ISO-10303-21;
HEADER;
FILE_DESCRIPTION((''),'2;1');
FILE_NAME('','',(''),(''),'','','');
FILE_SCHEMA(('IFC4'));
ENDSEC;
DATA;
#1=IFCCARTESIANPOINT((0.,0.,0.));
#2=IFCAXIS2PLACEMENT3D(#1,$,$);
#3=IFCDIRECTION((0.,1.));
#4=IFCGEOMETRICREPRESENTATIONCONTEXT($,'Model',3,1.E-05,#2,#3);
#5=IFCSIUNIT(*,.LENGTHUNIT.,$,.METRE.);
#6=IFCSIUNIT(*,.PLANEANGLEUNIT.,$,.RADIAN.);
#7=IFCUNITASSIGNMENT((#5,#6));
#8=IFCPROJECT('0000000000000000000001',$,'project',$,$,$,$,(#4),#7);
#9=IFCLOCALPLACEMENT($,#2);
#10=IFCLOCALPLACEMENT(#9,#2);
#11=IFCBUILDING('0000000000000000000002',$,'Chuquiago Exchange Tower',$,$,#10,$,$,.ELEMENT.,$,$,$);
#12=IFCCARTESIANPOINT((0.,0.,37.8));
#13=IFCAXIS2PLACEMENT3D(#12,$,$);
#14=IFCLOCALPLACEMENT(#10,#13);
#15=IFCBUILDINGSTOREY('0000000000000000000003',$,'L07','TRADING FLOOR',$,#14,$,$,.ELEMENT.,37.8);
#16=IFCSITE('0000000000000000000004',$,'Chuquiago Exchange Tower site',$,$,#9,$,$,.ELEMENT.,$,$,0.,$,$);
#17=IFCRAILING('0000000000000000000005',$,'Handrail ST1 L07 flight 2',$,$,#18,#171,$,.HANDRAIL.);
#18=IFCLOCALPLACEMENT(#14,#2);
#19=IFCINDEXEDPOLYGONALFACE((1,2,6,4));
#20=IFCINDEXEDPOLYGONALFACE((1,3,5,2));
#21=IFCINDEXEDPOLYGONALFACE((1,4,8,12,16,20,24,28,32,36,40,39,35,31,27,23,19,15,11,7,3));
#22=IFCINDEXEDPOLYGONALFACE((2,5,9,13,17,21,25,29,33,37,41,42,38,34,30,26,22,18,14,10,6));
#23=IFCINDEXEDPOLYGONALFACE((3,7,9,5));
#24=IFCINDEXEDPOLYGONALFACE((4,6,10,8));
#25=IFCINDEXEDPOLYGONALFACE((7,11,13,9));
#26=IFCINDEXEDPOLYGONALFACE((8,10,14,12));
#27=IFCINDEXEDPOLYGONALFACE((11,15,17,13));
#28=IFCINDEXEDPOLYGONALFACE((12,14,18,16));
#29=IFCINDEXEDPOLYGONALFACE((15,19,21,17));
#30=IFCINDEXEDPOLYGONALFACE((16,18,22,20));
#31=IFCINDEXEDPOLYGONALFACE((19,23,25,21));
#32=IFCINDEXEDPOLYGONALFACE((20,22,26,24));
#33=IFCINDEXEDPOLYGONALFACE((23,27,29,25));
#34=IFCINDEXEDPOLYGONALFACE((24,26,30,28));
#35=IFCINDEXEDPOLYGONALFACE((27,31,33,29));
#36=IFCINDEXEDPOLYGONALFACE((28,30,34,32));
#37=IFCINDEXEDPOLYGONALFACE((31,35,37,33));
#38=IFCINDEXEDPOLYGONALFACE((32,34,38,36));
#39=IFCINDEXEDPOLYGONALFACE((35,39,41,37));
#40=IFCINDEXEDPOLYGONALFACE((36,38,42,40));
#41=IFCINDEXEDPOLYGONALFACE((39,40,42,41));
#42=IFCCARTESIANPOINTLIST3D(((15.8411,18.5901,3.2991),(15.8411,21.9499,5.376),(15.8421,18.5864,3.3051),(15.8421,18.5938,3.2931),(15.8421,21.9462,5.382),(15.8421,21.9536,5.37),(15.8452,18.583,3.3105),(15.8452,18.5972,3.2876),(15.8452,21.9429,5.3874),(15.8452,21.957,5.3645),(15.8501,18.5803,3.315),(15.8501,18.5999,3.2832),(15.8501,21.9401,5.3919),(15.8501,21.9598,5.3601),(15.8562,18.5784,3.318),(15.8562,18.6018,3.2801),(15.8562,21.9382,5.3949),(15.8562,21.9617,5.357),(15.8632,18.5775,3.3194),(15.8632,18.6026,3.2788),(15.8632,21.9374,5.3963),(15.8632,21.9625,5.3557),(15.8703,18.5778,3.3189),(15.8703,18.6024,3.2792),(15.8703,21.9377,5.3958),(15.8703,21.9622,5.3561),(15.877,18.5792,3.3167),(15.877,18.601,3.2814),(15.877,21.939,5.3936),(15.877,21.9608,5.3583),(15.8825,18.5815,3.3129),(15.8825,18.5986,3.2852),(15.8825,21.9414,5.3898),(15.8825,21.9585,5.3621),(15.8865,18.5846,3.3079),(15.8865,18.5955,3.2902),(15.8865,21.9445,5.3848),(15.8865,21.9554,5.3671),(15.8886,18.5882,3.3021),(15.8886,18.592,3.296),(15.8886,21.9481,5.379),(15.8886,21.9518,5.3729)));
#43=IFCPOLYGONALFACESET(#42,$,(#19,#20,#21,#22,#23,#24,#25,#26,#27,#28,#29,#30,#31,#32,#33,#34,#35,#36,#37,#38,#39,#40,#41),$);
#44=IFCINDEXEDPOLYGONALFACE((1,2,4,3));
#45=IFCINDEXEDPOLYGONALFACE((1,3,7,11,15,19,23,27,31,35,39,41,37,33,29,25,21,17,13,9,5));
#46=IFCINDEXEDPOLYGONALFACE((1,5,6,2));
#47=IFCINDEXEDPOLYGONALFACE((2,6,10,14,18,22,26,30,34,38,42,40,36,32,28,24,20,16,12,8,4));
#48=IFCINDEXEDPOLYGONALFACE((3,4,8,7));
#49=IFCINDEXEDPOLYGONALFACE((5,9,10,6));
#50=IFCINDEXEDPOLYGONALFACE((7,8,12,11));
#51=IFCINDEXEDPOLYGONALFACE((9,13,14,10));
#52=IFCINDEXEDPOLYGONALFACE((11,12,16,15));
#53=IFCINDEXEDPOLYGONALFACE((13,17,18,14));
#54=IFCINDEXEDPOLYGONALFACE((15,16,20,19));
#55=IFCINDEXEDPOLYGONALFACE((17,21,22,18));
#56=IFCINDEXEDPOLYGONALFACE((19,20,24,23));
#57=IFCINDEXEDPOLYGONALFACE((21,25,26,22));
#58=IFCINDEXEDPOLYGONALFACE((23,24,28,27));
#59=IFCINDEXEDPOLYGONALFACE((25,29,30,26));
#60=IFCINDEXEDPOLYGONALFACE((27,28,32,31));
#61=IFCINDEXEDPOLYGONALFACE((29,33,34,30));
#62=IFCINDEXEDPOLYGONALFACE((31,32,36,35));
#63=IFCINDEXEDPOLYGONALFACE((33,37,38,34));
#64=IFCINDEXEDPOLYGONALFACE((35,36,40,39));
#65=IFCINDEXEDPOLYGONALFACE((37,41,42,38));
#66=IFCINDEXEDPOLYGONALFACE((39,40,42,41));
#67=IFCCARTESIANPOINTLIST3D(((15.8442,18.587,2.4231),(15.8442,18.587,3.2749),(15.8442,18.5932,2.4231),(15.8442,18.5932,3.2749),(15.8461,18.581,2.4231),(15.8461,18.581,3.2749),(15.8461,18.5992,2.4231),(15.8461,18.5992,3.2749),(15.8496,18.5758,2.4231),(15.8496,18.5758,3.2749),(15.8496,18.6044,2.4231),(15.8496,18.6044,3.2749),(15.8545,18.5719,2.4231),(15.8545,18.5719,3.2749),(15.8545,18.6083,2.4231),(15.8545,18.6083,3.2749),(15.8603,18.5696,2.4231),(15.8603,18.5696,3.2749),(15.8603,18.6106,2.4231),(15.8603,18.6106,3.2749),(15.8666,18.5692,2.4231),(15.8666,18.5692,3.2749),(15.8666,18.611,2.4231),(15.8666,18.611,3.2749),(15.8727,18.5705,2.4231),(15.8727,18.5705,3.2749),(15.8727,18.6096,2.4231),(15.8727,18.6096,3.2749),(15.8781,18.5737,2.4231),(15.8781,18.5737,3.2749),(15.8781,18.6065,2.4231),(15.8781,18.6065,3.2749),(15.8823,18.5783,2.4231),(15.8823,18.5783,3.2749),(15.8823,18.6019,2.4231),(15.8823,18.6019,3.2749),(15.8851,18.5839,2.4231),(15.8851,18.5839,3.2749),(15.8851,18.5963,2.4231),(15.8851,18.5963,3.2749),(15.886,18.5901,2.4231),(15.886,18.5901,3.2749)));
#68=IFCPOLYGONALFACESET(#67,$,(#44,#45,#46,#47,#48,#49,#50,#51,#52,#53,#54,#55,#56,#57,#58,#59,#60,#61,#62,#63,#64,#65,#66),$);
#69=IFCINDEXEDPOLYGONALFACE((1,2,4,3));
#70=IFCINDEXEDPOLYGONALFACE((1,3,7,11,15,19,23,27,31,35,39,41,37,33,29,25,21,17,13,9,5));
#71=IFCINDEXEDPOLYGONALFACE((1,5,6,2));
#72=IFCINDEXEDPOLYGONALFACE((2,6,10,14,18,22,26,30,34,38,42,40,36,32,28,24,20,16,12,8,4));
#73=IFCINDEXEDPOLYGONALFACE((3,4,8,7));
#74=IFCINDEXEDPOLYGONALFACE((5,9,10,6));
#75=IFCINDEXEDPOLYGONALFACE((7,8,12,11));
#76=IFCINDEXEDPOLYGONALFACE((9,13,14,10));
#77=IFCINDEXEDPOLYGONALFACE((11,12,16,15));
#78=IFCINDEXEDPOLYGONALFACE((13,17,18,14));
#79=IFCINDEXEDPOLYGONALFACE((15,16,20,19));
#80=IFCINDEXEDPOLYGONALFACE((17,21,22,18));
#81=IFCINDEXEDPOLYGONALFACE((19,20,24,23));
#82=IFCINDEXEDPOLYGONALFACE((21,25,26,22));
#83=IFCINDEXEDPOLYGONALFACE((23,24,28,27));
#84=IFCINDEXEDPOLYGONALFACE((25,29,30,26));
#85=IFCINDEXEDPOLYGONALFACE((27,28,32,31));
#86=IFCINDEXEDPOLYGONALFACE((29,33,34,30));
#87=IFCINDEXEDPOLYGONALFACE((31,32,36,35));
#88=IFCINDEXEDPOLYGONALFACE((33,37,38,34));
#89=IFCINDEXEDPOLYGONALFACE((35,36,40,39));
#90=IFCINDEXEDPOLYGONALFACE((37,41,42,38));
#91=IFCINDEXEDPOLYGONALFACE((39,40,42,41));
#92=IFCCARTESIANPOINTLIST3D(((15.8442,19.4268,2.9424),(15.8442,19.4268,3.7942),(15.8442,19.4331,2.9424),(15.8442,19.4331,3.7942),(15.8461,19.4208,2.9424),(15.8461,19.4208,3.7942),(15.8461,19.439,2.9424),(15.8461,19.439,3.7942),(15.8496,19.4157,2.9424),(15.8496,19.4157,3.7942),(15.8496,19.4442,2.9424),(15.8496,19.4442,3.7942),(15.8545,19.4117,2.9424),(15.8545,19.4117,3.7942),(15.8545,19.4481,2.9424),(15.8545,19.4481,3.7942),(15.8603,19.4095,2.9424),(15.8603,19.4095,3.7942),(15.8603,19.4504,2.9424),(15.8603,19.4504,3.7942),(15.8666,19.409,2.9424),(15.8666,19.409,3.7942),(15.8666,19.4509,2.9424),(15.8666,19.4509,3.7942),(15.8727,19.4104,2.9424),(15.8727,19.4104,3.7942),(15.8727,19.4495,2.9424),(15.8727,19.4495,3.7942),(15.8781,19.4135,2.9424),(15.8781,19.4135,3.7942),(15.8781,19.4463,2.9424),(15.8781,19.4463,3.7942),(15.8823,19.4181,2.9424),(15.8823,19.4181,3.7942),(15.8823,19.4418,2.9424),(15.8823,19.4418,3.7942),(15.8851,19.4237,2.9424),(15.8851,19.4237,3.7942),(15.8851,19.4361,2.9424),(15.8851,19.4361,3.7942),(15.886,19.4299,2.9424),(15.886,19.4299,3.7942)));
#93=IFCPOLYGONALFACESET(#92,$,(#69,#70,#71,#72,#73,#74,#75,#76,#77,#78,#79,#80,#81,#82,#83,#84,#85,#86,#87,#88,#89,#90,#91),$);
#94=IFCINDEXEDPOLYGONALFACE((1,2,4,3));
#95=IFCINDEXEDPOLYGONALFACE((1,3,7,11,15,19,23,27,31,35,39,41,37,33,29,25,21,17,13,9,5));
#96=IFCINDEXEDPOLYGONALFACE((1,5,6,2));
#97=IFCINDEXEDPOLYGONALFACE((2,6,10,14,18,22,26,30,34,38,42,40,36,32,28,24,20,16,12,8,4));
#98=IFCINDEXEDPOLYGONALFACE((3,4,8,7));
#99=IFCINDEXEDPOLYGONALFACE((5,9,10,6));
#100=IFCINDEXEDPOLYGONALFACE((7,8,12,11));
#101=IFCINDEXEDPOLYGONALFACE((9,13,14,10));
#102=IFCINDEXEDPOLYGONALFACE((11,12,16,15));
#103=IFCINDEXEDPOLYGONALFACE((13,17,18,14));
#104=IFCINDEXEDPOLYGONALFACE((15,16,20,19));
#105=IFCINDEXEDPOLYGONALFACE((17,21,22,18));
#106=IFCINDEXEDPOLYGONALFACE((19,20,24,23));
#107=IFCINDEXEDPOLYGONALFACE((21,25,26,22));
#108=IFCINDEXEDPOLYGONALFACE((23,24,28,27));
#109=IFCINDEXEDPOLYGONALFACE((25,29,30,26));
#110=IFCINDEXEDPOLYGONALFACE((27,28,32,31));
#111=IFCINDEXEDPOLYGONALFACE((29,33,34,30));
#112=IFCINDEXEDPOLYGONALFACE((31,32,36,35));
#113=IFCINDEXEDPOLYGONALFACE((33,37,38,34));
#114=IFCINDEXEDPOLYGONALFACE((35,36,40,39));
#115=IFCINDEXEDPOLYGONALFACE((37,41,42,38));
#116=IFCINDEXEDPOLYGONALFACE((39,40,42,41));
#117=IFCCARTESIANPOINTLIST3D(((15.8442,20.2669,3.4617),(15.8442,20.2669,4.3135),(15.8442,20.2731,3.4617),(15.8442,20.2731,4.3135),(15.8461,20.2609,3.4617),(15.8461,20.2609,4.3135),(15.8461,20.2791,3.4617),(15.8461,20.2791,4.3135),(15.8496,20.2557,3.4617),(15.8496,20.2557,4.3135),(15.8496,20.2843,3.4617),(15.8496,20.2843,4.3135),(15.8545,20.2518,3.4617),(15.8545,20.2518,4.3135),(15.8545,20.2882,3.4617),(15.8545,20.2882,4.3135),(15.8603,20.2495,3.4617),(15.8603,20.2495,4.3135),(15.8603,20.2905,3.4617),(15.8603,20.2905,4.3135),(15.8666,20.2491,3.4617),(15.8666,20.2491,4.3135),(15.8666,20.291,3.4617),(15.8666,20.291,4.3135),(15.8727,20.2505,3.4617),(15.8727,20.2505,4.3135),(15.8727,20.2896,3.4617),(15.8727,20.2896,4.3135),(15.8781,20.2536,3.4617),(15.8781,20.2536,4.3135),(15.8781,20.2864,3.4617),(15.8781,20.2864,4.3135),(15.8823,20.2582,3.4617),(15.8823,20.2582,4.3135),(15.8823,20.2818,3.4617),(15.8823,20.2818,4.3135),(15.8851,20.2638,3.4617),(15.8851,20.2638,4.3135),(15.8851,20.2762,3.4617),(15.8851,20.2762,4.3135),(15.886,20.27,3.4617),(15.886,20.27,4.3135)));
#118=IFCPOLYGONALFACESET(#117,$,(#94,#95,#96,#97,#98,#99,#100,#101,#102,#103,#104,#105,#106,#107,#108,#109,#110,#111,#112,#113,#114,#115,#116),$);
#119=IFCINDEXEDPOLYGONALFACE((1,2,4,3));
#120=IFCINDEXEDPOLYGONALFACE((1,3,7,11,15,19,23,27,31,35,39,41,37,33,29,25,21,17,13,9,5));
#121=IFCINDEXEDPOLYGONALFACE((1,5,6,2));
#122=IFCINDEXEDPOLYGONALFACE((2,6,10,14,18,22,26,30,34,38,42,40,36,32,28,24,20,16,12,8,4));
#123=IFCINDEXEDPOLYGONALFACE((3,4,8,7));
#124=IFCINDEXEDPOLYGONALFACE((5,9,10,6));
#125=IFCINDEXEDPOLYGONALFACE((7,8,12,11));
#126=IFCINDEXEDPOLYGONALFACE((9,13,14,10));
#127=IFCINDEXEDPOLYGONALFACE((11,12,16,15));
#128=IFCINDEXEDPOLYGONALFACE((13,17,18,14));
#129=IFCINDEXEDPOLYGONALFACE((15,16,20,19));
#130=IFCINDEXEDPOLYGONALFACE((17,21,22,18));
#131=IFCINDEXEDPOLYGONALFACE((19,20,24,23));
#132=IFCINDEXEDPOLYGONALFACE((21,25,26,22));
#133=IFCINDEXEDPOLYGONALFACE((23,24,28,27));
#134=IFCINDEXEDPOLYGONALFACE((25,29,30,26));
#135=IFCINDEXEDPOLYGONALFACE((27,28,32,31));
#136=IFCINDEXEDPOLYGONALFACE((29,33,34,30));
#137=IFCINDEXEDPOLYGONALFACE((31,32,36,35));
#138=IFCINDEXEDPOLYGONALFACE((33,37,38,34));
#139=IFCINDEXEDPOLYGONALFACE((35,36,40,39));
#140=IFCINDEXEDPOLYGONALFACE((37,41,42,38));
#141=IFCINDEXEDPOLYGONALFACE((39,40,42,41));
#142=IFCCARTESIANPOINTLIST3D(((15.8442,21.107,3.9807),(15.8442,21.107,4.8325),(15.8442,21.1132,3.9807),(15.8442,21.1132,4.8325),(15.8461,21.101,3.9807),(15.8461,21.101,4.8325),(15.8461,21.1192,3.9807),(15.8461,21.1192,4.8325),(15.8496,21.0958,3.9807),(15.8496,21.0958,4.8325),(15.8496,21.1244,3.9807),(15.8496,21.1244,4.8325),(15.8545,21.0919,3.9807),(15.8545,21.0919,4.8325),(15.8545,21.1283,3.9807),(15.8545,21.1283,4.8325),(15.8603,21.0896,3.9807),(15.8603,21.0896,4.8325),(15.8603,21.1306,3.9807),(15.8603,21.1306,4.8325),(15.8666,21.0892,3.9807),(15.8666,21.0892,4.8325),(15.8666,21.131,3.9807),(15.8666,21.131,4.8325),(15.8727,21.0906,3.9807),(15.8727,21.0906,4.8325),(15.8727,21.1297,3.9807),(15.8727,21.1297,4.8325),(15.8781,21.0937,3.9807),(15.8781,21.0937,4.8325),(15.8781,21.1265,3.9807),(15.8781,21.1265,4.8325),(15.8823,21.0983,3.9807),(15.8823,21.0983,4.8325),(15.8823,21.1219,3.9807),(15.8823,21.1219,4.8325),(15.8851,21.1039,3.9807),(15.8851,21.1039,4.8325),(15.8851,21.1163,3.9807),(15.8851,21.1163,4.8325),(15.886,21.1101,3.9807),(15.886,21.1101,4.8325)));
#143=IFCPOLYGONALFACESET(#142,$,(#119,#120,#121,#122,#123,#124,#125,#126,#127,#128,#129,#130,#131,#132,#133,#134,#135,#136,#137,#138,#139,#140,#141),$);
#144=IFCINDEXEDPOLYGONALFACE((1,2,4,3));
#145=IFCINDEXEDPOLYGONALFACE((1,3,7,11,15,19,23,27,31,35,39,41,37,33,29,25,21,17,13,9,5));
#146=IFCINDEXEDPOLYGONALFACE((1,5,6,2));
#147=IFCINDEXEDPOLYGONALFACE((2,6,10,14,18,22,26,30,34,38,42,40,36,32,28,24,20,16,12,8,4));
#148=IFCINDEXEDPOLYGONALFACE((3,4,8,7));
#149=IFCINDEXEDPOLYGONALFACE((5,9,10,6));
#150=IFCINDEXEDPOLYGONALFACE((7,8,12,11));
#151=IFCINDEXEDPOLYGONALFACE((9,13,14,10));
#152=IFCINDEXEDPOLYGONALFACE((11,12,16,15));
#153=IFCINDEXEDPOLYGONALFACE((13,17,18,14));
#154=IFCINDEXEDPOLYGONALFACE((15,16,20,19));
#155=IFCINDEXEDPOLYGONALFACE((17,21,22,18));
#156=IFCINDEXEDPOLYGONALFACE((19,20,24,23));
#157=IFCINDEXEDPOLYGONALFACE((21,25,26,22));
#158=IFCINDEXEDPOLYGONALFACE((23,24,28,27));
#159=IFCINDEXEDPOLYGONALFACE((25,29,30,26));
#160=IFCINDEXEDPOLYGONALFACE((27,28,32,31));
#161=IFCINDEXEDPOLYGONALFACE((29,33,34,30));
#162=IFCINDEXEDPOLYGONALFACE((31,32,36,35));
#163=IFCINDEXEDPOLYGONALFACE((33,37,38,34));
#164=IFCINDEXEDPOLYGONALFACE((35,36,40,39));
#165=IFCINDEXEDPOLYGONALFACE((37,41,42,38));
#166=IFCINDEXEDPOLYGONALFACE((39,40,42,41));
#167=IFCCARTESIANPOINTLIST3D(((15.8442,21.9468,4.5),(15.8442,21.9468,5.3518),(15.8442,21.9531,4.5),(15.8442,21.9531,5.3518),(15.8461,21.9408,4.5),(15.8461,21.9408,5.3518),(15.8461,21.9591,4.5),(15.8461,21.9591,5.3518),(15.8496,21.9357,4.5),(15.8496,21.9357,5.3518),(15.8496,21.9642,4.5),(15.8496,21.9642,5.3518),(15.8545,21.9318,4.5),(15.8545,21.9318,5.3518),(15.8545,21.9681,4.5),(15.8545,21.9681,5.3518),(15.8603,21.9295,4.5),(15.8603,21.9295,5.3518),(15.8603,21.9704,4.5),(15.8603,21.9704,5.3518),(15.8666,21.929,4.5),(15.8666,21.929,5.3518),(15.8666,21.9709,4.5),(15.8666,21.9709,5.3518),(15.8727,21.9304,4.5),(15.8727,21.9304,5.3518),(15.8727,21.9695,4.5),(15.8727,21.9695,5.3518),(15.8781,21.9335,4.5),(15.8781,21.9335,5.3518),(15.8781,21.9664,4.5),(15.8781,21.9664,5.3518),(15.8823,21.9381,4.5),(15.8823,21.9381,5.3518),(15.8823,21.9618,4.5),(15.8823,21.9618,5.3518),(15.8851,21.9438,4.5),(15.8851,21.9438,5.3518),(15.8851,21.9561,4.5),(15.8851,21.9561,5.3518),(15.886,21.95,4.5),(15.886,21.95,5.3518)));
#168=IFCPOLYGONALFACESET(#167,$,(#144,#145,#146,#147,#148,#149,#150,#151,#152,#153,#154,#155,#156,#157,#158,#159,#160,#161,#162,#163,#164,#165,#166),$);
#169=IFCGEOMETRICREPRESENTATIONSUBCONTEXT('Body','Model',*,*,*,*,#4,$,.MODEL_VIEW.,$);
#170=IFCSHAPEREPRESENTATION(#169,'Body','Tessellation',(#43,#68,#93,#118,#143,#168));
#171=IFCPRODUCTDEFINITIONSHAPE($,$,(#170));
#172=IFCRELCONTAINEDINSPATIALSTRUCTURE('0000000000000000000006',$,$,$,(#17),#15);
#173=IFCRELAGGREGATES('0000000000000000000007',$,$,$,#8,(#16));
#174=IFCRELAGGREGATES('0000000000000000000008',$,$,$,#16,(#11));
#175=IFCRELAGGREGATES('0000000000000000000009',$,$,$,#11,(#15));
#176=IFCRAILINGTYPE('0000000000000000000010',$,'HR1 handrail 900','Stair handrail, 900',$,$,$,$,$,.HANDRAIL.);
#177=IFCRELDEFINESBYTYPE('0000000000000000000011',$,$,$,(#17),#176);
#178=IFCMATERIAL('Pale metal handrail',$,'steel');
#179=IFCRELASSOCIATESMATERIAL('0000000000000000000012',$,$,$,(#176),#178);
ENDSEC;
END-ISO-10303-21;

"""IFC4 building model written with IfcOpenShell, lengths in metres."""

from ifc_helpers import new_model, si_unit, direction, frame, origin, origin_2d, place, context, subcontext, project, spatial, circle, extrude, material, type_object, element, save


model = new_model("IFC4")

# Units and contexts
model_context = context("Model", 3, precision=1e-05, world=origin(), true_north=direction((0.0, 1.0)))
body_context = subcontext(model_context, "Body", "Model", "MODEL_VIEW")
ifc_project = project(units=[si_unit("LENGTHUNIT", "METRE"), si_unit("PLANEANGLEUNIT", "RADIAN")], contexts=[model_context])

# Site, building, storey
site_placement = place(None, origin())
site = spatial("IfcSite", under=ifc_project, at=site_placement, Name="Chuquiago Exchange Tower site", CompositionType="ELEMENT", RefElevation=0.0)
building_placement = place(site_placement, origin())
building = spatial("IfcBuilding", under=site, at=building_placement, Name="Chuquiago Exchange Tower", CompositionType="ELEMENT")
storey_placement = place(building_placement, frame((0.0, 0.0, 37.8)))
storey = spatial("IfcBuildingStorey", under=building, at=storey_placement, Name="L07", Description="TRADING FLOOR", CompositionType="ELEMENT", Elevation=37.8)

# Railing
ifc_material_1 = material(Name="Pale metal handrail", Category="steel")
railing_type_1 = type_object("IfcRailingType", Name="HR1 handrail 900", Description="Stair handrail, 900", PredefinedType="HANDRAIL", material=ifc_material_1)
for number, where, name in (
    (1, (15.865, 18.5901, 2.4231), "Handrail ST1 L07 flight 2"),
):
    element("IfcRailing", number, at=place(storey_placement, frame(where)), inside=storey, type_object=railing_type_1, Name=name, PredefinedType="HANDRAIL", context=body_context, shape_type="SweptSolid", body=[
        extrude(circle(Radius=0.0239, at=origin_2d()), frame((0.0, 0.0, 0.876), z_axis=(0.0, 0.850606, 0.525803), x_axis=(-1.0, 0.0, 0.0)), (0.0, 0.0, 1.0), 3.95),
        extrude(circle(Radius=0.021, at=origin_2d()), origin(), (0.0, 0.0, 1.0), 0.8518),
        extrude(circle(Radius=0.021, at=origin_2d()), frame((0.0, 0.8398, 0.5193)), (0.0, 0.0, 1.0), 0.8518),
        extrude(circle(Radius=0.021, at=origin_2d()), frame((0.0, 1.6799, 1.0386)), (0.0, 0.0, 1.0), 0.8518),
        extrude(circle(Radius=0.021, at=origin_2d()), frame((0.0, 2.52, 1.5576)), (0.0, 0.0, 1.0), 0.8518),
        extrude(circle(Radius=0.021, at=origin_2d()), frame((0.0, 3.3599, 2.0769)), (0.0, 0.0, 1.0), 0.8518),
    ])

save(model, "model.ifc")
